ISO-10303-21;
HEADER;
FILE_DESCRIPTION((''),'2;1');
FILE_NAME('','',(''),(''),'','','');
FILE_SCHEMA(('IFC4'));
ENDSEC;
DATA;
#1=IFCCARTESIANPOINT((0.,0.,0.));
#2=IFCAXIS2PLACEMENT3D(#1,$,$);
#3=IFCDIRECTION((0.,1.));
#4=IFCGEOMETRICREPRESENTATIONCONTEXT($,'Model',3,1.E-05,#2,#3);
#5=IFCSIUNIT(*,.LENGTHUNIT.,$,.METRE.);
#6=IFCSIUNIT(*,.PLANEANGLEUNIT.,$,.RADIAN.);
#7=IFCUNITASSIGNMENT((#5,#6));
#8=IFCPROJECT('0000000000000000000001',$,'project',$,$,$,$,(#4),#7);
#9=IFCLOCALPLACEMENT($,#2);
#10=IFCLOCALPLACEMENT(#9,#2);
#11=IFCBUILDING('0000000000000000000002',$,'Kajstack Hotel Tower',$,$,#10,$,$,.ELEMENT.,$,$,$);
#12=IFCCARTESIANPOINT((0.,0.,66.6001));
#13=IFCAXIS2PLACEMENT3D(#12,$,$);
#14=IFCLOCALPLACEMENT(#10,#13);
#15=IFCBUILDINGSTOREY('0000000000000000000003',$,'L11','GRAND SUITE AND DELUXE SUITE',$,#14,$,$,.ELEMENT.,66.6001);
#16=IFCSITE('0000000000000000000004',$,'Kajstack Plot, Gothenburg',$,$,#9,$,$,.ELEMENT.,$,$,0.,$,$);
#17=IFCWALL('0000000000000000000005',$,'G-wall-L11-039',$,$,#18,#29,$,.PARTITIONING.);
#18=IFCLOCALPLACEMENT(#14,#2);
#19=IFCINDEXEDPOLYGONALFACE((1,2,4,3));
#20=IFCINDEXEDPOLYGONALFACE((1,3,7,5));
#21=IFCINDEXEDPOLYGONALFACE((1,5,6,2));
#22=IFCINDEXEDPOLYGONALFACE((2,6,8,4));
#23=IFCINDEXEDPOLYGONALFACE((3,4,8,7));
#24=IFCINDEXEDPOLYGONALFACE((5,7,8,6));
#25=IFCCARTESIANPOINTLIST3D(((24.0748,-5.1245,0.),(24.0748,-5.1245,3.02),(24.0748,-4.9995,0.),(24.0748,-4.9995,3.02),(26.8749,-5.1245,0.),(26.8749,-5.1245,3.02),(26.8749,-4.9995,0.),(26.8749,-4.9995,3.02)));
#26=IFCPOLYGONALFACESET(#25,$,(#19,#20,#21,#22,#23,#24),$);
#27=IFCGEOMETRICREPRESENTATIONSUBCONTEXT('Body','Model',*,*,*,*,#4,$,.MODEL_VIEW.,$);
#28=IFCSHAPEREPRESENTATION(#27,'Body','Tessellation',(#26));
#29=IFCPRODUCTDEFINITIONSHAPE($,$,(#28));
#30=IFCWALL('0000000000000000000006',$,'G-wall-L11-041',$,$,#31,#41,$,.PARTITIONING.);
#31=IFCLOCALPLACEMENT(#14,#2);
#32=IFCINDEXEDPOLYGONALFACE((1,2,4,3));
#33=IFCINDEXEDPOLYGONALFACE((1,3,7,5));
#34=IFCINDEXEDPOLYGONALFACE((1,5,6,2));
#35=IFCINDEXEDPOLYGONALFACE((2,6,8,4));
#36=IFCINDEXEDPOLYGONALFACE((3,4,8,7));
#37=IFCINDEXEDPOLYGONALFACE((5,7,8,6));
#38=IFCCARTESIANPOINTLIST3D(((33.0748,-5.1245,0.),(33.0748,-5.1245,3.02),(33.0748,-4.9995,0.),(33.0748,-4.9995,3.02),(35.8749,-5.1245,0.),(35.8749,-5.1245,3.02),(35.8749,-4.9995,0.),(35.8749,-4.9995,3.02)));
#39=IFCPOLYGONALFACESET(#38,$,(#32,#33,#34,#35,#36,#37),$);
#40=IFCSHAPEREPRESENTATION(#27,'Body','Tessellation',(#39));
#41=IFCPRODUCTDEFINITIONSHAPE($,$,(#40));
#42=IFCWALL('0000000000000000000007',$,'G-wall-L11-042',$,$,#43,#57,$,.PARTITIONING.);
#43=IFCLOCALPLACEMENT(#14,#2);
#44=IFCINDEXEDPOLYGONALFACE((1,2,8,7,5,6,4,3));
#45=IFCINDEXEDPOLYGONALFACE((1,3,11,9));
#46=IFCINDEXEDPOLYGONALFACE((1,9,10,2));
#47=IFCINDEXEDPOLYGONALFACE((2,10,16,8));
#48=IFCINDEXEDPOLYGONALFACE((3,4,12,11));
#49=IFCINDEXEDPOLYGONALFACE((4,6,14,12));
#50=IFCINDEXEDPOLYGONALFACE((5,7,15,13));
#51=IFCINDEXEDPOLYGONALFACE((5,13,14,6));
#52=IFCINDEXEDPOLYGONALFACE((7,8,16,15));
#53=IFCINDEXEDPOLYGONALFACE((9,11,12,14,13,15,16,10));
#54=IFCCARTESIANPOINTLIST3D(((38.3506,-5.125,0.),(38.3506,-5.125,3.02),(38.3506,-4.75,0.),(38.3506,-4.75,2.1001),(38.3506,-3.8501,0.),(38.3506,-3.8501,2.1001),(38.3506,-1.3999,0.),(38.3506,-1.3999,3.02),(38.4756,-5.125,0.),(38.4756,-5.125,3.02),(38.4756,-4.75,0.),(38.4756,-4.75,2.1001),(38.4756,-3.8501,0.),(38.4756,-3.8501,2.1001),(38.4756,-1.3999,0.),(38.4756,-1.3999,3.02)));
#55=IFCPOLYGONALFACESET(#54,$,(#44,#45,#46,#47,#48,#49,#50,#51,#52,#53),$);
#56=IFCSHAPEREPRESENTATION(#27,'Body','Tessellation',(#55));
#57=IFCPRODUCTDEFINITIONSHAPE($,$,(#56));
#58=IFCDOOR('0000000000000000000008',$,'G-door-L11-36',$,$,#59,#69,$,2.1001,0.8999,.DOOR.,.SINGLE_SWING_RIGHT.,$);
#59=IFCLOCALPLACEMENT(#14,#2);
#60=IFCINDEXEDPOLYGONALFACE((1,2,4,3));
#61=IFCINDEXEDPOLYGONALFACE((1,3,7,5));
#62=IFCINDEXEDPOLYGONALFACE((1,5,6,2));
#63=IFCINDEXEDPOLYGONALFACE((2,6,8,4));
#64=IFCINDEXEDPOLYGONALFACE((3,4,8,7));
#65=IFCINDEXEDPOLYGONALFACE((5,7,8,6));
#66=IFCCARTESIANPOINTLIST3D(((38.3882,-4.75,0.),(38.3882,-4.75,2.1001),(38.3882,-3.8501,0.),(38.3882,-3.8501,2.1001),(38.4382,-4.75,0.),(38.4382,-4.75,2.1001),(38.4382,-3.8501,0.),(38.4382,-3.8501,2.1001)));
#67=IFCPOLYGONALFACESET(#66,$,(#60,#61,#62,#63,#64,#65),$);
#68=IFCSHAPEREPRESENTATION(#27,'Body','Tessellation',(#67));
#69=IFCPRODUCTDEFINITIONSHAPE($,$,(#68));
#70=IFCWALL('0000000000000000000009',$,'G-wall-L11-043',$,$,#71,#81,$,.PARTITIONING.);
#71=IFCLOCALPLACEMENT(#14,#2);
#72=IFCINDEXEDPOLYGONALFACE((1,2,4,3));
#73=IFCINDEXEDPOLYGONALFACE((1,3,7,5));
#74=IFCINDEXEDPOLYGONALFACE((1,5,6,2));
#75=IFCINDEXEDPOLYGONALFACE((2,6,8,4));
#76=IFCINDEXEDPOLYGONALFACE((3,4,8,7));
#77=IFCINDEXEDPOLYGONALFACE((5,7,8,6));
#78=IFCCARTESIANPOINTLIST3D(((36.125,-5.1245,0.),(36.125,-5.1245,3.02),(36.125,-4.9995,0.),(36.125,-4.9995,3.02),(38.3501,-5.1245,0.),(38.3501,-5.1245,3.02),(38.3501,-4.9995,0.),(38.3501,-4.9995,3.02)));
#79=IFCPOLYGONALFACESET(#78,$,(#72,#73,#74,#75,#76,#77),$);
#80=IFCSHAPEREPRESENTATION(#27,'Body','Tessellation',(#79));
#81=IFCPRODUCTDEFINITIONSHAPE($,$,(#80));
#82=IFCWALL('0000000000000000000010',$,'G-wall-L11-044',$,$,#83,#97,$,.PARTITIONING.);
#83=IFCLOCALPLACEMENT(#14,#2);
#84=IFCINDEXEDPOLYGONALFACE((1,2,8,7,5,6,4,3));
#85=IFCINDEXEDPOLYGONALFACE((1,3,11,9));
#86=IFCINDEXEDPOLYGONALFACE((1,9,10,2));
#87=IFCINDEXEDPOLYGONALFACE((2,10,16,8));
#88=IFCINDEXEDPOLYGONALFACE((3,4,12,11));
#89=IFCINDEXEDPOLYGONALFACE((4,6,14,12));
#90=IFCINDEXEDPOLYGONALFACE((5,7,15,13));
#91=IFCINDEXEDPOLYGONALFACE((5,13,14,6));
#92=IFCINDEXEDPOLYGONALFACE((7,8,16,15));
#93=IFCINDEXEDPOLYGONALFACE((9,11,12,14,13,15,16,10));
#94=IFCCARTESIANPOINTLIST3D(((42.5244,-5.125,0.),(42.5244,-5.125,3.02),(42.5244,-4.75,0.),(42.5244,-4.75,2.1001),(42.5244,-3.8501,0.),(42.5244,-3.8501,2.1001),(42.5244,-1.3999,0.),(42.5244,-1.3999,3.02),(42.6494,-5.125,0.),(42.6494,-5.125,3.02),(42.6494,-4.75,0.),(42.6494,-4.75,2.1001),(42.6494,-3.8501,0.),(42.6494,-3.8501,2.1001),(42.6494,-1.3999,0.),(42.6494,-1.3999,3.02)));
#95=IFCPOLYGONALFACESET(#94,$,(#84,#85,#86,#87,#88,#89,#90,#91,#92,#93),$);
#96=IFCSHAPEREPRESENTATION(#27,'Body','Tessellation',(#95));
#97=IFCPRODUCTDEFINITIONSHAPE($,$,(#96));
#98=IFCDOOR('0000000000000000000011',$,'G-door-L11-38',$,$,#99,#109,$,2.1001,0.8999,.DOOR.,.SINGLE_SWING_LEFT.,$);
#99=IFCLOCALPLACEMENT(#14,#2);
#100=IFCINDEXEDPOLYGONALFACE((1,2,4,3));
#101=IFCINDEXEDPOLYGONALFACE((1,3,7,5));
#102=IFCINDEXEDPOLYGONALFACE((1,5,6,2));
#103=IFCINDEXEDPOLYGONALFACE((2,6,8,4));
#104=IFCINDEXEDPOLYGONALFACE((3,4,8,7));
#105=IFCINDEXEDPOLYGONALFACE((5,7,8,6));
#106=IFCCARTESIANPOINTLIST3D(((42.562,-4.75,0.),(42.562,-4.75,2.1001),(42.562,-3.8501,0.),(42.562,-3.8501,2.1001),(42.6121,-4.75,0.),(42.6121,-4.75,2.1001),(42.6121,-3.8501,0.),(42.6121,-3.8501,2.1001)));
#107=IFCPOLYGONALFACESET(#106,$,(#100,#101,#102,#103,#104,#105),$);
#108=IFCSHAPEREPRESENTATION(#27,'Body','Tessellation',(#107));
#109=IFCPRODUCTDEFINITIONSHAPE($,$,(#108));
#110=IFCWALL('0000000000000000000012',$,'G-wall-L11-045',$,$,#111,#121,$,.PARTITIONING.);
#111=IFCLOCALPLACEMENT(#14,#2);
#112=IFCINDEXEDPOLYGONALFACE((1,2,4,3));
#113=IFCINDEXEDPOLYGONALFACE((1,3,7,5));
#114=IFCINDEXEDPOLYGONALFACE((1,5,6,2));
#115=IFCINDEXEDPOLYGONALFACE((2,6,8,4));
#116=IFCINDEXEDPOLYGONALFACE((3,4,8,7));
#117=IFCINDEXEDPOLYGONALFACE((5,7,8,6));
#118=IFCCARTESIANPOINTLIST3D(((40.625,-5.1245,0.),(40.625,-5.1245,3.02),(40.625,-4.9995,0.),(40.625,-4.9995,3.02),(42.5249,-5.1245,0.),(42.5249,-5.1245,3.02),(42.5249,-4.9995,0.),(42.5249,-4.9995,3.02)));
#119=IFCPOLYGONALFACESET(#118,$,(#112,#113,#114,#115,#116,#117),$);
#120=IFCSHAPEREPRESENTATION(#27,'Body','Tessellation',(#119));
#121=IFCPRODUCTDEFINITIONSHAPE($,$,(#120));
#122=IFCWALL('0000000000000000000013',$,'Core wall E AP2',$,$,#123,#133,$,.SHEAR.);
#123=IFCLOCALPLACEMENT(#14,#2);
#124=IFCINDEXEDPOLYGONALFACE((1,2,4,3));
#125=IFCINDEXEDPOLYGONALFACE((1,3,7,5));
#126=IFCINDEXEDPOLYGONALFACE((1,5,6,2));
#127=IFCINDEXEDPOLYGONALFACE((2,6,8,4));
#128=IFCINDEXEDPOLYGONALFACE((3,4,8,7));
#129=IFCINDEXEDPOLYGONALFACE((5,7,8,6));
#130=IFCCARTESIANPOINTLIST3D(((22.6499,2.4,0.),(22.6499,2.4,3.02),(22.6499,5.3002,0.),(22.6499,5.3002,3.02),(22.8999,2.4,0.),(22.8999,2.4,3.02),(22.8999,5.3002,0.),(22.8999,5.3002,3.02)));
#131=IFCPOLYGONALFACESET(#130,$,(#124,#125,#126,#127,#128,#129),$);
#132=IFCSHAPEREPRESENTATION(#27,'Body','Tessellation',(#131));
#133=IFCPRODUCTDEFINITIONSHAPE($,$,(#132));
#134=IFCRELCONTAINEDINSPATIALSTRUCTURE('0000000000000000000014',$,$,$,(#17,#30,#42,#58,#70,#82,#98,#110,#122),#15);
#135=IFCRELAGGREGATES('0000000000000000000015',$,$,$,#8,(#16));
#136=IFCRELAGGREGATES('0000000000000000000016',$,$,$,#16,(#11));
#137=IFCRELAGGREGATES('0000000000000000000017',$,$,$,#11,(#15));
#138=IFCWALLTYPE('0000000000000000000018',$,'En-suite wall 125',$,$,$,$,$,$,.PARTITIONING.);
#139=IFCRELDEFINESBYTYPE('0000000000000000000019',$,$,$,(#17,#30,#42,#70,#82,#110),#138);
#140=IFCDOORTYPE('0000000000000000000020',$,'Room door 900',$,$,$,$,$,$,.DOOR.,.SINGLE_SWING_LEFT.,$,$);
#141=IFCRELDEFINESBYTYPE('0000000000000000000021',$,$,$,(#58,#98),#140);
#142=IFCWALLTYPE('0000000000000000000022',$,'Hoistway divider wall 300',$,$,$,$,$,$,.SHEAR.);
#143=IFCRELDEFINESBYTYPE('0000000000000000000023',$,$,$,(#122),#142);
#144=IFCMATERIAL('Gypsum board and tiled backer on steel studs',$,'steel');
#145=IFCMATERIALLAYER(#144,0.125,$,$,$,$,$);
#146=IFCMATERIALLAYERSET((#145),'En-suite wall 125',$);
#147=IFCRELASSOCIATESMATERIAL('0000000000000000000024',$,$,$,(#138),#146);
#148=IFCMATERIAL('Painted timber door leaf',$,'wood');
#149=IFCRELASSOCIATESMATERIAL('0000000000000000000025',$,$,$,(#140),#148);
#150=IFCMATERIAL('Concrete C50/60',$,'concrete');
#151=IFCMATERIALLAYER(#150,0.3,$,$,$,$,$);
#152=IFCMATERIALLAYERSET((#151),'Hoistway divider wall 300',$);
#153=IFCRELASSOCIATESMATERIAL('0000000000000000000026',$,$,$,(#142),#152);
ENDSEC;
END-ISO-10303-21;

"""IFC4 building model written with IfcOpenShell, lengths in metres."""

from ifc_helpers import new_model, si_unit, direction, frame, frame_2d, origin, place, context, subcontext, project, spatial, rectangle, extrude, material, layer, layer_set, type_object, element, fill, save


model = new_model("IFC4")

# Units and contexts
model_context = context("Model", 3, precision=1e-05, world=origin(), true_north=direction((0.0, 1.0)))
body_context = subcontext(model_context, "Body", "Model", "MODEL_VIEW")
ifc_project = project(units=[si_unit("LENGTHUNIT", "METRE"), si_unit("PLANEANGLEUNIT", "RADIAN")], contexts=[model_context])

# Site, building, storey
site_placement = place(None, origin())
site = spatial("IfcSite", under=ifc_project, at=site_placement, Name="Kajstack Plot, Gothenburg", CompositionType="ELEMENT", RefElevation=0.0)
building_placement = place(site_placement, origin())
building = spatial("IfcBuilding", under=site, at=building_placement, Name="Kajstack Hotel Tower", CompositionType="ELEMENT")
storey_placement = place(building_placement, frame((0.0, 0.0, 66.6001)))
storey = spatial("IfcBuildingStorey", under=building, at=storey_placement, Name="L11", Description="GRAND SUITE AND DELUXE SUITE", CompositionType="ELEMENT", Elevation=66.6001)

# Walls
ifc_material_1 = material(Name="Gypsum board and tiled backer on steel studs", Category="steel")
ifc_layer_1 = layer(ifc_material_1, 0.125)
ifc_layer_set_1 = layer_set([ifc_layer_1], Name="En-suite wall 125")
wall_type_1 = type_object("IfcWallType", Name="En-suite wall 125", PredefinedType="PARTITIONING", material=ifc_layer_set_1)
for number, where, z_axis, x_axis, name in (
    (1, (24.075, -5.062, 0.0), (0.0, 0.0, 1.0), (1.0, 0.0, 0.0), "G-wall-L11-039"),
    (2, (33.075, -5.062, 0.0), (0.0, 0.0, 1.0), (1.0, 0.0, 0.0), "G-wall-L11-041"),
):
    element("IfcWall", number, at=place(storey_placement, frame(where, z_axis=z_axis, x_axis=x_axis)), inside=storey, type_object=wall_type_1, Name=name, PredefinedType="PARTITIONING", context=body_context, shape_type="SweptSolid", body=[
        extrude(rectangle(XDim=2.8, YDim=0.125, at=frame_2d((1.3999, 0.0))), origin(), (0.0, 0.0, 1.0), 3.02),
    ])

# Wall, opening, door
wall_1_placement = place(storey_placement, frame((38.4131, -5.125, 0.0), z_axis=(0.0, 0.0, 1.0), x_axis=(0.0, 1.0, 0.0)))
wall_1 = element("IfcWall", 3, at=wall_1_placement, inside=storey, type_object=wall_type_1, Name="G-wall-L11-042", PredefinedType="PARTITIONING", context=body_context, shape_type="SweptSolid", body=[
    extrude(rectangle(XDim=3.7251, YDim=0.125, at=frame_2d((1.8625, 0.0))), origin(), (0.0, 0.0, 1.0), 3.02),
])
opening_1_placement = place(wall_1_placement, frame((0.375, 0.0, 0.0)))
opening_1 = element("IfcOpeningElement", 4, at=opening_1_placement, cuts=wall_1, PredefinedType="OPENING", context=body_context, shape_type="SweptSolid", body=[
    extrude(rectangle(XDim=0.8999, YDim=2.1001, at=frame_2d((0.45, 1.05))), frame((0.0, 0.0725, 0.0), z_axis=(0.0, -1.0, 0.0), x_axis=(1.0, 0.0, 0.0)), (0.0, 0.0, 1.0), 0.145),
])
ifc_material_2 = material(Name="Painted timber door leaf", Category="wood")
door_type_1 = type_object("IfcDoorType", Name="Room door 900", OperationType="SINGLE_SWING_LEFT", PredefinedType="DOOR", material=ifc_material_2)
door_1_placement = place(opening_1_placement, origin())
door_1 = element("IfcDoor", 5, at=door_1_placement, inside=storey, type_object=door_type_1, Name="G-door-L11-36", OperationType="SINGLE_SWING_RIGHT", OverallHeight=2.1001, OverallWidth=0.8999, PredefinedType="DOOR", context=body_context, shape_type="SweptSolid", body=[
    extrude(rectangle(XDim=0.8999, YDim=2.1001, at=frame_2d((0.45, 1.05))), frame((0.0, 0.0249, 0.0), z_axis=(0.0, -1.0, 0.0), x_axis=(1.0, 0.0, 0.0)), (0.0, 0.0, 1.0), 0.05),
])
fill(opening_1, door_1)

# Wall
wall_2_placement = place(storey_placement, frame((36.125, -5.062, 0.0), z_axis=(0.0, 0.0, 1.0), x_axis=(1.0, 0.0, 0.0)))
element("IfcWall", 6, at=wall_2_placement, inside=storey, type_object=wall_type_1, Name="G-wall-L11-043", PredefinedType="PARTITIONING", context=body_context, shape_type="SweptSolid", body=[
    extrude(rectangle(XDim=2.2251, YDim=0.125, at=frame_2d((1.1125, 0.0))), origin(), (0.0, 0.0, 1.0), 3.02),
])

# Wall, opening, door
wall_3_placement = place(storey_placement, frame((42.5869, -5.125, 0.0), z_axis=(0.0, 0.0, 1.0), x_axis=(0.0, 1.0, 0.0)))
wall_3 = element("IfcWall", 7, at=wall_3_placement, inside=storey, type_object=wall_type_1, Name="G-wall-L11-044", PredefinedType="PARTITIONING", context=body_context, shape_type="SweptSolid", body=[
    extrude(rectangle(XDim=3.7251, YDim=0.125, at=frame_2d((1.8625, 0.0))), origin(), (0.0, 0.0, 1.0), 3.02),
])
opening_2_placement = place(wall_3_placement, frame((0.375, 0.0, 0.0)))
opening_2 = element("IfcOpeningElement", 8, at=opening_2_placement, cuts=wall_3, PredefinedType="OPENING", context=body_context, shape_type="SweptSolid", body=[
    extrude(rectangle(XDim=0.8999, YDim=2.1001, at=frame_2d((0.45, 1.05))), frame((0.0, 0.0725, 0.0), z_axis=(0.0, -1.0, 0.0), x_axis=(1.0, 0.0, 0.0)), (0.0, 0.0, 1.0), 0.145),
])
door_2_placement = place(opening_2_placement, origin())
door_2 = element("IfcDoor", 9, at=door_2_placement, inside=storey, type_object=door_type_1, Name="G-door-L11-38", OperationType="SINGLE_SWING_LEFT", OverallHeight=2.1001, OverallWidth=0.8999, PredefinedType="DOOR", context=body_context, shape_type="SweptSolid", body=[
    extrude(rectangle(XDim=0.8999, YDim=2.1001, at=frame_2d((0.45, 1.05))), frame((0.0, 0.0249, 0.0), z_axis=(0.0, -1.0, 0.0), x_axis=(1.0, 0.0, 0.0)), (0.0, 0.0, 1.0), 0.05),
])
fill(opening_2, door_2)

# Walls
wall_4_placement = place(storey_placement, frame((40.625, -5.062, 0.0), z_axis=(0.0, 0.0, 1.0), x_axis=(1.0, 0.0, 0.0)))
element("IfcWall", 10, at=wall_4_placement, inside=storey, type_object=wall_type_1, Name="G-wall-L11-045", PredefinedType="PARTITIONING", context=body_context, shape_type="SweptSolid", body=[
    extrude(rectangle(XDim=1.8999, YDim=0.125, at=frame_2d((0.95, 0.0))), origin(), (0.0, 0.0, 1.0), 3.02),
])
ifc_material_3 = material(Name="Concrete C50/60", Category="concrete")
ifc_layer_2 = layer(ifc_material_3, 0.3)
ifc_layer_set_2 = layer_set([ifc_layer_2], Name="Hoistway divider wall 300")
wall_type_2 = type_object("IfcWallType", Name="Hoistway divider wall 300", PredefinedType="SHEAR", material=ifc_layer_set_2)
wall_5_placement = place(storey_placement, frame((22.7749, 2.3999, 0.0), z_axis=(0.0, 0.0, 1.0), x_axis=(0.0, 1.0, 0.0)))
element("IfcWall", 11, at=wall_5_placement, inside=storey, type_object=wall_type_2, Name="Core wall E AP2", PredefinedType="SHEAR", context=body_context, shape_type="SweptSolid", body=[
    extrude(rectangle(XDim=2.9001, YDim=0.25, at=frame_2d((1.4502, 0.0))), origin(), (0.0, 0.0, 1.0), 3.02),
])

save(model, "model.ifc")
